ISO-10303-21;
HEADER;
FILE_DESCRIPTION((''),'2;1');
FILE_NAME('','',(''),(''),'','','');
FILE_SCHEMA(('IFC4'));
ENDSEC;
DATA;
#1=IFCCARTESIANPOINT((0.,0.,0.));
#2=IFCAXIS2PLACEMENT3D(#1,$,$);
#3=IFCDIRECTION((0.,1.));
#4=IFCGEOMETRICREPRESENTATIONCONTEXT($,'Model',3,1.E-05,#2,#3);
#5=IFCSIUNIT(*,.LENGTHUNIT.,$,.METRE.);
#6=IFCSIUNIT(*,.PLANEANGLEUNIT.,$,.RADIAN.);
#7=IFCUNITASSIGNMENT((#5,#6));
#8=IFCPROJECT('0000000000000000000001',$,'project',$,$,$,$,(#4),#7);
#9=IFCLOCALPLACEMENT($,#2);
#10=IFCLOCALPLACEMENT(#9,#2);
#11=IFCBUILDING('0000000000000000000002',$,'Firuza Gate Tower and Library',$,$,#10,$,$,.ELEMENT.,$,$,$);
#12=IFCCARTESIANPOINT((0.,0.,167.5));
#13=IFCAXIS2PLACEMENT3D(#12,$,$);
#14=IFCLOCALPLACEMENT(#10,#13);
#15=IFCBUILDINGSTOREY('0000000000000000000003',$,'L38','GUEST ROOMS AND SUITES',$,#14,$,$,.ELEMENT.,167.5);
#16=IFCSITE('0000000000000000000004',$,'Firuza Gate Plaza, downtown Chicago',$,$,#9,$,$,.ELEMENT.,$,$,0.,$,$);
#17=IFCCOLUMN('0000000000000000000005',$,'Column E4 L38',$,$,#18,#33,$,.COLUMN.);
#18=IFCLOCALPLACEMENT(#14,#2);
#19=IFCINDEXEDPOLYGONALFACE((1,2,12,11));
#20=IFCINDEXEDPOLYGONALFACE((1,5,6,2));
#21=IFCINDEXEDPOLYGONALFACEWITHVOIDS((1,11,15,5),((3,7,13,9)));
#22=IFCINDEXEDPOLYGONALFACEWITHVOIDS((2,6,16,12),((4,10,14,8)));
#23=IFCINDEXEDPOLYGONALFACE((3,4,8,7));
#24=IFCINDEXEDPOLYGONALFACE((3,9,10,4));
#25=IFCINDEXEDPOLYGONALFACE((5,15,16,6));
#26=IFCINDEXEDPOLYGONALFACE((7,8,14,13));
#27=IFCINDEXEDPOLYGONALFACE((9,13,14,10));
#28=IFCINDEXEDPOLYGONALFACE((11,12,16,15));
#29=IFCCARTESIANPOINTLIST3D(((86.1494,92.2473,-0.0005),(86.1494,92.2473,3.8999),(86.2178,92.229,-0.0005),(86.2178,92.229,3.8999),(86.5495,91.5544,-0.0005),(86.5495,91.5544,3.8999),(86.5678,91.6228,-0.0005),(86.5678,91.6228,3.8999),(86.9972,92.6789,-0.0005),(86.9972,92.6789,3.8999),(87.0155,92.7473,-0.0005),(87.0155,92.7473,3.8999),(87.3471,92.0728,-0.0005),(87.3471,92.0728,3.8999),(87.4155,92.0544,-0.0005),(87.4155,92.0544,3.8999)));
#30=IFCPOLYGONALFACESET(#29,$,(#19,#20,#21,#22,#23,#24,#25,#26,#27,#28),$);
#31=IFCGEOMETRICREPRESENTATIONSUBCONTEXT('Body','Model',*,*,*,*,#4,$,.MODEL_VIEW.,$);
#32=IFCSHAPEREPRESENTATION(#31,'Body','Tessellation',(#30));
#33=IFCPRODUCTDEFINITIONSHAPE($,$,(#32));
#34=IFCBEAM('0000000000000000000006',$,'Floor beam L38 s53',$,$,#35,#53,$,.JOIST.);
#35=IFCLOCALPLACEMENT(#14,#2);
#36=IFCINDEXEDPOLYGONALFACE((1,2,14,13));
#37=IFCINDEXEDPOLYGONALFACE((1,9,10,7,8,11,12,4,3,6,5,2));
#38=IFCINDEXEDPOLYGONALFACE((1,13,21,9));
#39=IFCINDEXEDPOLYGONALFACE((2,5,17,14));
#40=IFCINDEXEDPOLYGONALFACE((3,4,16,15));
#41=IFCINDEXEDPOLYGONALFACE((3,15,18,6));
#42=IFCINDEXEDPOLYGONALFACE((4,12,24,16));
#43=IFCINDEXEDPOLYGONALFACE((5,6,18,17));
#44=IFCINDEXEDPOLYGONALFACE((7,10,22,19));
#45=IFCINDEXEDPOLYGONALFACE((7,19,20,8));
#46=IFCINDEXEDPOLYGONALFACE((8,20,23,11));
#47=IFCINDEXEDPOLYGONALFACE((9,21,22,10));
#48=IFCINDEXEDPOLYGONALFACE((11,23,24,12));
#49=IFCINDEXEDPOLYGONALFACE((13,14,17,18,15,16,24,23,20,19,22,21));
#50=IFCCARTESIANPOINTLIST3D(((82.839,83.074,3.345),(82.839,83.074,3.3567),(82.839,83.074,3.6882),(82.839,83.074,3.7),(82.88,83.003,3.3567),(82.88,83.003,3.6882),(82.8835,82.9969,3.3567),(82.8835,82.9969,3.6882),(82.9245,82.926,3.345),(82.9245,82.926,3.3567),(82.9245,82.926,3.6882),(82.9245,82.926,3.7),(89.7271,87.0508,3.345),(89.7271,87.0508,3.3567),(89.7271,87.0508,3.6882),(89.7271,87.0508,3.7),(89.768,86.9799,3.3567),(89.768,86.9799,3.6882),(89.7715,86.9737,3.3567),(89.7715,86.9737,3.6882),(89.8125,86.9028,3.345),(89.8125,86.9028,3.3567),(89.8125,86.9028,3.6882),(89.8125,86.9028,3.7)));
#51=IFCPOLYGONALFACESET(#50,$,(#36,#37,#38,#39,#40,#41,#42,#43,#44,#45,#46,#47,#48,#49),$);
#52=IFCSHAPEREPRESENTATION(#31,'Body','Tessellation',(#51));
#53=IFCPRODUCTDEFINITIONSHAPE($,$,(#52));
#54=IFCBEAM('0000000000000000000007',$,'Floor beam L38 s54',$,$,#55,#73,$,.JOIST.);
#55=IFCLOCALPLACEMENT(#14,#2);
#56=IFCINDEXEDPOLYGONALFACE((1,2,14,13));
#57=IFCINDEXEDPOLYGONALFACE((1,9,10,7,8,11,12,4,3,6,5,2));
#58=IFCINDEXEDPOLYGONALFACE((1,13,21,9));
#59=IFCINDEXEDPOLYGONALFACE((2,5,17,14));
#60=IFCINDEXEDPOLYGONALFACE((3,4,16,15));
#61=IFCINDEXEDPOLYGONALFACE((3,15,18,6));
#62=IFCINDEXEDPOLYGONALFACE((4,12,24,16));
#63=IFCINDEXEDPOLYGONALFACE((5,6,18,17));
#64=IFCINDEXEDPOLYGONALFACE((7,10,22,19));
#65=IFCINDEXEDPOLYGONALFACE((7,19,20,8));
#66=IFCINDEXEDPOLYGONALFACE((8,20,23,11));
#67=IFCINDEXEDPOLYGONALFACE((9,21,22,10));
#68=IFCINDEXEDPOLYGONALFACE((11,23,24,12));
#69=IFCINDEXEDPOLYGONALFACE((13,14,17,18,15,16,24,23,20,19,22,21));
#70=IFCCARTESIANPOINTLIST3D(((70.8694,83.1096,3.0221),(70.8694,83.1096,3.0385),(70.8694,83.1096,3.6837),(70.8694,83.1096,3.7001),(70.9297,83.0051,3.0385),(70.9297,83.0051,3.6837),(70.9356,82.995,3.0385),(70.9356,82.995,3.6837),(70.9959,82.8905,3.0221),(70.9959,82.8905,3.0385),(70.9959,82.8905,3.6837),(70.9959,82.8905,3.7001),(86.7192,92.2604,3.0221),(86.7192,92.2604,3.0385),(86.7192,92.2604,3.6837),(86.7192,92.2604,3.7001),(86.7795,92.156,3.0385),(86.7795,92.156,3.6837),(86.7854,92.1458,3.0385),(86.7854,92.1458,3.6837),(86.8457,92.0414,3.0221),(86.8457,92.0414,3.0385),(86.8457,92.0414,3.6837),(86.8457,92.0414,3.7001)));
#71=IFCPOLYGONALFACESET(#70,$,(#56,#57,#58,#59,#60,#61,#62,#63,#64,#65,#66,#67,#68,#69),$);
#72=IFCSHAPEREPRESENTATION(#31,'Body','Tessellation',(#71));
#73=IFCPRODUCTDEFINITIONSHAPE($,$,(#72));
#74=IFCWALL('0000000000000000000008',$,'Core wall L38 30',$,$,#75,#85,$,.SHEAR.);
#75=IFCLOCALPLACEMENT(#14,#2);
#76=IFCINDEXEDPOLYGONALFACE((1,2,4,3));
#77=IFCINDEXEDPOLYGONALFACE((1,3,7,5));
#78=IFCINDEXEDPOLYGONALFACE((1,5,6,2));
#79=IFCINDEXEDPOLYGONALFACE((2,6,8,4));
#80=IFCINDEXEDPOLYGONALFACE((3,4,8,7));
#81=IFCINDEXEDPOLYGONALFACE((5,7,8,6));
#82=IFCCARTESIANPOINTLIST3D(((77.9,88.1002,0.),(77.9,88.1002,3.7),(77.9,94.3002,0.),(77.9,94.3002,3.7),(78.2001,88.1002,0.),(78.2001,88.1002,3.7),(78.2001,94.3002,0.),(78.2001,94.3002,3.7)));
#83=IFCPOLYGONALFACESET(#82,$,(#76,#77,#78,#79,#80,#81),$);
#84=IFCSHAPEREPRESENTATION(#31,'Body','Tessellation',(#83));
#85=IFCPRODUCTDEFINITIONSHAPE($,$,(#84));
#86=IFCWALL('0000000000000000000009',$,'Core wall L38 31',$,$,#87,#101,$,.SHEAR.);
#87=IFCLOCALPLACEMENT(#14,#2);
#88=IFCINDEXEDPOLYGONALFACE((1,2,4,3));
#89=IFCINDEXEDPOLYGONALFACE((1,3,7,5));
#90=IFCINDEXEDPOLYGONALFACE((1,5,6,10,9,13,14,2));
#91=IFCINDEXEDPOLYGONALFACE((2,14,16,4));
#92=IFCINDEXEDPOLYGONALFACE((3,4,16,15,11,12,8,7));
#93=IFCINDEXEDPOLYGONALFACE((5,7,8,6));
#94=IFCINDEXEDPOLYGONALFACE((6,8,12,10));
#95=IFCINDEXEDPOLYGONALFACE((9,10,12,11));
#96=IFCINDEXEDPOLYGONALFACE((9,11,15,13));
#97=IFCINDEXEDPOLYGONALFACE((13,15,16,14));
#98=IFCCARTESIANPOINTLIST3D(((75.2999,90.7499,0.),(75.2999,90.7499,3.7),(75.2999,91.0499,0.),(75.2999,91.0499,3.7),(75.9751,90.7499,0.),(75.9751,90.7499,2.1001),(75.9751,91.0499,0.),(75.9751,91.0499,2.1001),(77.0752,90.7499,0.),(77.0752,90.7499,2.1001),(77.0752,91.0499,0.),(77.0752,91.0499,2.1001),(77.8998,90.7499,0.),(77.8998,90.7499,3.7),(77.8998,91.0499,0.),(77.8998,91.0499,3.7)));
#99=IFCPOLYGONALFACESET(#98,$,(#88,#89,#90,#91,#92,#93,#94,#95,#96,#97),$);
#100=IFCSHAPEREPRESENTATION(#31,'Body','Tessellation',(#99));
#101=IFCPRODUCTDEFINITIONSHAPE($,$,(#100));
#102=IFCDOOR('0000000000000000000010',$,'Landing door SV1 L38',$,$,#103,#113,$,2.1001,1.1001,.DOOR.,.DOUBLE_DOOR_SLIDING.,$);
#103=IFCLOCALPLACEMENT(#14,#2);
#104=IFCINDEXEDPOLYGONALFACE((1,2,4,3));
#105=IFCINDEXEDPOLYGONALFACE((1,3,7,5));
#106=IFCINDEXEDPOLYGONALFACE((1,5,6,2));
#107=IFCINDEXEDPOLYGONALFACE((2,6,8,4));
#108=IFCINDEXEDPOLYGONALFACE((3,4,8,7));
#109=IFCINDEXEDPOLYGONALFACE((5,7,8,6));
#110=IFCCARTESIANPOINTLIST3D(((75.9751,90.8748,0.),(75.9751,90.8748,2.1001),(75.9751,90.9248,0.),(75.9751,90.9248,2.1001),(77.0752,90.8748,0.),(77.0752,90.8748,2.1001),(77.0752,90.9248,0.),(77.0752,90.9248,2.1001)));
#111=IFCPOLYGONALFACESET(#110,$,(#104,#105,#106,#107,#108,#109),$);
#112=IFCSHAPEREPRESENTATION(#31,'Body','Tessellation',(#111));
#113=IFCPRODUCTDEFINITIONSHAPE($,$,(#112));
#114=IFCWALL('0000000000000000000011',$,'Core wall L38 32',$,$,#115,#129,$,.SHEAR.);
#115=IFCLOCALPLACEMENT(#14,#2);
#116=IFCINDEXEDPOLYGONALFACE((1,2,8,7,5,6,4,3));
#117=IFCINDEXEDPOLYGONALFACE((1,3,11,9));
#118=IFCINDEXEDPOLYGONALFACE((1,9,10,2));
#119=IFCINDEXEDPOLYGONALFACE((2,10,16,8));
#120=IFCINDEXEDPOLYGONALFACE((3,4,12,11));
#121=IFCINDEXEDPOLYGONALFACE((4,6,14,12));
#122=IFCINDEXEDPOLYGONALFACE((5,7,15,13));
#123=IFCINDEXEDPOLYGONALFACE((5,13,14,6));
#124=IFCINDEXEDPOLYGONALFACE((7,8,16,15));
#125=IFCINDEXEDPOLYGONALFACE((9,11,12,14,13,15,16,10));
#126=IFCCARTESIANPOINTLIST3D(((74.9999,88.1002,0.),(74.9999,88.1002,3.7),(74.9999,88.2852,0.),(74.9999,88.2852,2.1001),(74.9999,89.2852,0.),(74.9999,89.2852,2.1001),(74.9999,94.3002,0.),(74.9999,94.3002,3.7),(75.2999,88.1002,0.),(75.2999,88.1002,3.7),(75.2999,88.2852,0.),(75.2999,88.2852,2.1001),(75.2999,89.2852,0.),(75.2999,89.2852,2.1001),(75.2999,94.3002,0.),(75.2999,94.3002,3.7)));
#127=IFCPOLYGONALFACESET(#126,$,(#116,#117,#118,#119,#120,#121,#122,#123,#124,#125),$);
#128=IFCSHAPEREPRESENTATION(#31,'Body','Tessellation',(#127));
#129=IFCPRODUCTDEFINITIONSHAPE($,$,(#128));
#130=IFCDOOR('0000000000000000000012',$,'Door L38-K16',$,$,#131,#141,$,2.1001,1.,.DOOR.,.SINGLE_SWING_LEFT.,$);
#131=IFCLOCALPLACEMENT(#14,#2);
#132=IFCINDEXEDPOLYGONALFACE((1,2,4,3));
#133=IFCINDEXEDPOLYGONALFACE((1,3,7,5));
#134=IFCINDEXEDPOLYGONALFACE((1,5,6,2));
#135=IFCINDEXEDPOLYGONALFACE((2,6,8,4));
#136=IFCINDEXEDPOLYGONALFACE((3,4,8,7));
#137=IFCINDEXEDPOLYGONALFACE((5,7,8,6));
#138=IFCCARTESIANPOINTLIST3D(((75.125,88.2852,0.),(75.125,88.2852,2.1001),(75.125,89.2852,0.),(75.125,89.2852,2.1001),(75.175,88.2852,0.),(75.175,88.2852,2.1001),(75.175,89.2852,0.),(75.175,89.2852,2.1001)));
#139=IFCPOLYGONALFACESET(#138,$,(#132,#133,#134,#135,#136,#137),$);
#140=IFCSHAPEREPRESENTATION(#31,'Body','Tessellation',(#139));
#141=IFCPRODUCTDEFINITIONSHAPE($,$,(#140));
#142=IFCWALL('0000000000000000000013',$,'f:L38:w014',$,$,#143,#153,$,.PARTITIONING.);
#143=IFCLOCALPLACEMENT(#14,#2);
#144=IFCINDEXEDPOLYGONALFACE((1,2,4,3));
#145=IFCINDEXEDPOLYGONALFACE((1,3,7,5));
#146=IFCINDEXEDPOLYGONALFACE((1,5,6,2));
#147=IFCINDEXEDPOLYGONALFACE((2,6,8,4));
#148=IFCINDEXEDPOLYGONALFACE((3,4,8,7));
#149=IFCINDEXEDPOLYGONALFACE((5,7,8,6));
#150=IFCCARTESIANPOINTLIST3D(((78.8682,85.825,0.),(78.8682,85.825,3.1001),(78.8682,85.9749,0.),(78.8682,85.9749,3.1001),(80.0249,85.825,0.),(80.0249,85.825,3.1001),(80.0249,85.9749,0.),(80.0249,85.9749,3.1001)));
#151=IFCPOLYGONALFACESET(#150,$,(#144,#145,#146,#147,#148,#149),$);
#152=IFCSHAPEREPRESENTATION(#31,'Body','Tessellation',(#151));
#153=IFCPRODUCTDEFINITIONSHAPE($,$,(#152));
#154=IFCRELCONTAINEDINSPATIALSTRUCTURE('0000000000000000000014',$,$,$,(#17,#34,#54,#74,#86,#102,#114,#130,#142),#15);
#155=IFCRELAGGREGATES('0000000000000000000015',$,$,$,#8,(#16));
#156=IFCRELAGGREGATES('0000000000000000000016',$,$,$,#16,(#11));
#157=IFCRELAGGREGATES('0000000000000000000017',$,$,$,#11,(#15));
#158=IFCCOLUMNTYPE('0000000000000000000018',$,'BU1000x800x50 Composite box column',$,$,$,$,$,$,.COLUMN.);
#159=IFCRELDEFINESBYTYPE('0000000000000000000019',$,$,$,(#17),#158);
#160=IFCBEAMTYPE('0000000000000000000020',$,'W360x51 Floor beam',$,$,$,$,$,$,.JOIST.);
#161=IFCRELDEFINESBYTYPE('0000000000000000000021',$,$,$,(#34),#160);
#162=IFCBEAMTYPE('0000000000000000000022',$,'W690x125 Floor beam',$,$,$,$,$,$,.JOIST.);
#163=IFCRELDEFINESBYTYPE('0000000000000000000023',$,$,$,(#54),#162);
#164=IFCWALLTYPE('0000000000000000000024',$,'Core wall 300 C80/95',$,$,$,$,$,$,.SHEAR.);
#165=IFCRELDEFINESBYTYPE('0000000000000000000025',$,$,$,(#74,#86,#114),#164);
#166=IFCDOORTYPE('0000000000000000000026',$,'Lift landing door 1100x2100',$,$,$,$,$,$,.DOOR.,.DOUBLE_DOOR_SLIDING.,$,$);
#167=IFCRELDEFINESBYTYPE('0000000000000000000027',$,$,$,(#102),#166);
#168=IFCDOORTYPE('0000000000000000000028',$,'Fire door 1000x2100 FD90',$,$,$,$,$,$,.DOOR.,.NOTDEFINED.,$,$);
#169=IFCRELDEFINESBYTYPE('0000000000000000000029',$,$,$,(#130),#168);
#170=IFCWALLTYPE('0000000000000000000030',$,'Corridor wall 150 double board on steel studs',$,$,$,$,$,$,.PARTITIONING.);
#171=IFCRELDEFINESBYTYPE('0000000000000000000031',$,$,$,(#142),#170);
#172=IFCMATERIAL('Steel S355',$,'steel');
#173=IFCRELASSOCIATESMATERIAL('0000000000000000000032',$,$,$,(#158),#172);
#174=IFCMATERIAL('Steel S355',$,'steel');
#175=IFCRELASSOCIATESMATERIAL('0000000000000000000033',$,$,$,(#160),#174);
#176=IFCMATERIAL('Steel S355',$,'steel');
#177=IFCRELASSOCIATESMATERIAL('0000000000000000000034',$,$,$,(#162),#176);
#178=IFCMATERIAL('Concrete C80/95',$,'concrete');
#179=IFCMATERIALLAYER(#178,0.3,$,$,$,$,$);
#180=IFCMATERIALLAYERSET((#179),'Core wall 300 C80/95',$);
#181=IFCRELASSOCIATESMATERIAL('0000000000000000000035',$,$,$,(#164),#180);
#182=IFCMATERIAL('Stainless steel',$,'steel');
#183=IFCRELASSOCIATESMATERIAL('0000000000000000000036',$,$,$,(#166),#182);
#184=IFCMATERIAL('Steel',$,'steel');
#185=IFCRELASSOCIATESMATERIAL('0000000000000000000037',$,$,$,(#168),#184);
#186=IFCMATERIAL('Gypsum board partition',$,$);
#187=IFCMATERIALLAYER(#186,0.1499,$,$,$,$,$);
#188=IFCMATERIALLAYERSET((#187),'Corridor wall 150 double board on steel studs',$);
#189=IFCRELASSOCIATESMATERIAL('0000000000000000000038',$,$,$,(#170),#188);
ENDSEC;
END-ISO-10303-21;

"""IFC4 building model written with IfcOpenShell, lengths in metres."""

from ifc_helpers import new_model, si_unit, direction, frame, frame_2d, origin, origin_2d, place, context, subcontext, project, spatial, rectangle, hollow_rectangle, i_section, extrude, material, layer, layer_set, material_profile, profile_set, type_object, element, fill, save


model = new_model("IFC4")

# Units and contexts
model_context = context("Model", 3, precision=1e-05, world=origin(), true_north=direction((0.0, 1.0)))
body_context = subcontext(model_context, "Body", "Model", "MODEL_VIEW")
ifc_project = project(units=[si_unit("LENGTHUNIT", "METRE"), si_unit("PLANEANGLEUNIT", "RADIAN")], contexts=[model_context])

# Site, building, storey
site_placement = place(None, origin())
site = spatial("IfcSite", under=ifc_project, at=site_placement, Name="Firuza Gate Plaza, downtown Chicago", CompositionType="ELEMENT", RefElevation=0.0)
building_placement = place(site_placement, origin())
building = spatial("IfcBuilding", under=site, at=building_placement, Name="Firuza Gate Tower and Library", CompositionType="ELEMENT")
storey_placement = place(building_placement, frame((0.0, 0.0, 167.5)))
storey = spatial("IfcBuildingStorey", under=building, at=storey_placement, Name="L38", Description="GUEST ROOMS AND SUITES", CompositionType="ELEMENT", Elevation=167.5)

# Column
ifc_material_1 = material(Name="Steel S355", Category="steel")
ifc_material_profile_1 = material_profile(ifc_material_1, hollow_rectangle(XDim=0.8, YDim=1.0, WallThickness=0.05, at=origin_2d()))
ifc_profile_set_1 = profile_set([ifc_material_profile_1], Name="Steel S355")
column_type = type_object("IfcColumnType", Name="BU1000x800x50 Composite box column", PredefinedType="COLUMN", material=ifc_profile_set_1)
column_placement = place(storey_placement, frame((86.7825, 92.1509, -0.0005), z_axis=(0.0, 0.0, 1.0), x_axis=(-0.5, 0.866025, 0.0)))
element("IfcColumn", 1, at=column_placement, inside=storey, type_object=column_type, Name="Column E4 L38", PredefinedType="COLUMN", context=body_context, shape_type="SweptSolid", body=[
    extrude(hollow_rectangle(XDim=0.8, YDim=1.0, WallThickness=0.05, at=origin_2d()), origin(), (0.0, 0.0, 1.0), 3.9004),
])

# Beams
ifc_material_2 = material(Name="Steel S355", Category="steel")
ifc_material_profile_2 = material_profile(ifc_material_2, i_section(OverallWidth=0.1709, OverallDepth=0.355, WebThickness=0.0071, FlangeThickness=0.0117, at=origin_2d()))
ifc_profile_set_2 = profile_set([ifc_material_profile_2], Name="Steel S355")
beam_type_1 = type_object("IfcBeamType", Name="W360x51 Floor beam", PredefinedType="JOIST", material=ifc_profile_set_2)
beam_1_placement = place(storey_placement, frame((89.7698, 86.9768, 3.5225), z_axis=(-0.866023, -0.500005, 0.0), x_axis=(0.500005, -0.866023, 0.0)))
element("IfcBeam", 2, at=beam_1_placement, inside=storey, type_object=beam_type_1, Name="Floor beam L38 s53", PredefinedType="JOIST", context=body_context, shape_type="SweptSolid", body=[
    extrude(i_section(OverallWidth=0.1709, OverallDepth=0.355, WebThickness=0.0071, FlangeThickness=0.0117, at=origin_2d()), origin(), (0.0, 0.0, 1.0), 7.9536),
])
ifc_material_3 = material(Name="Steel S355", Category="steel")
ifc_material_profile_3 = material_profile(ifc_material_3, i_section(OverallWidth=0.2529, OverallDepth=0.678, WebThickness=0.0117, FlangeThickness=0.0164, at=origin_2d()))
ifc_profile_set_3 = profile_set([ifc_material_profile_3], Name="Steel S355")
beam_type_2 = type_object("IfcBeamType", Name="W690x125 Floor beam", PredefinedType="JOIST", material=ifc_profile_set_3)
beam_2_placement = place(storey_placement, frame((86.7825, 92.1509, 3.3611), z_axis=(-0.866026, -0.499998, 0.0), x_axis=(0.499998, -0.866026, 0.0)))
element("IfcBeam", 3, at=beam_2_placement, inside=storey, type_object=beam_type_2, Name="Floor beam L38 s54", PredefinedType="JOIST", context=body_context, shape_type="SweptSolid", body=[
    extrude(i_section(OverallWidth=0.2529, OverallDepth=0.678, WebThickness=0.0117, FlangeThickness=0.0164, at=origin_2d()), origin(), (0.0, 0.0, 1.0), 18.3018),
])

# Wall
ifc_material_4 = material(Name="Concrete C80/95", Category="concrete")
ifc_layer_1 = layer(ifc_material_4, 0.3)
ifc_layer_set_1 = layer_set([ifc_layer_1], Name="Core wall 300 C80/95")
wall_type_1 = type_object("IfcWallType", Name="Core wall 300 C80/95", PredefinedType="SHEAR", material=ifc_layer_set_1)
wall_1_placement = place(storey_placement, frame((78.05, 88.1001, 0.0), z_axis=(0.0, 0.0, 1.0), x_axis=(0.0, 1.0, 0.0)))
element("IfcWall", 4, at=wall_1_placement, inside=storey, type_object=wall_type_1, Name="Core wall L38 30", PredefinedType="SHEAR", context=body_context, shape_type="SweptSolid", body=[
    extrude(rectangle(XDim=6.2, YDim=0.3, at=frame_2d((3.1001, 0.0))), origin(), (0.0, 0.0, 1.0), 3.7),
])

# Walls, openings, doors
wall_2_placement = place(storey_placement, frame((75.3, 90.8999, 0.0), z_axis=(0.0, 0.0, 1.0), x_axis=(1.0, 0.0, 0.0)))
wall_2 = element("IfcWall", 5, at=wall_2_placement, inside=storey, type_object=wall_type_1, Name="Core wall L38 31", PredefinedType="SHEAR", context=body_context, shape_type="SweptSolid", body=[
    extrude(rectangle(XDim=2.5999, YDim=0.3, at=frame_2d((1.2998, 0.0))), origin(), (0.0, 0.0, 1.0), 3.7),
])
opening_1_placement = place(wall_2_placement, frame((0.675, 0.0, 0.0)))
opening_1 = element("IfcOpeningElement", 6, at=opening_1_placement, cuts=wall_2, PredefinedType="OPENING", context=body_context, shape_type="SweptSolid", body=[
    extrude(rectangle(XDim=1.1001, YDim=2.1001, at=frame_2d((0.55, 1.05))), frame((0.0, 0.1602, 0.0), z_axis=(0.0, -1.0, 0.0), x_axis=(1.0, 0.0, 0.0)), (0.0, 0.0, 1.0), 0.3201),
])
ifc_material_5 = material(Name="Stainless steel", Category="steel")
door_type_1 = type_object("IfcDoorType", Name="Lift landing door 1100x2100", OperationType="DOUBLE_DOOR_SLIDING", PredefinedType="DOOR", material=ifc_material_5)
door_1_placement = place(opening_1_placement, origin())
door_1 = element("IfcDoor", 7, at=door_1_placement, inside=storey, type_object=door_type_1, Name="Landing door SV1 L38", OperationType="DOUBLE_DOOR_SLIDING", OverallHeight=2.1001, OverallWidth=1.1001, PredefinedType="DOOR", context=body_context, shape_type="SweptSolid", body=[
    extrude(rectangle(XDim=1.1001, YDim=2.1001, at=frame_2d((0.55, 1.05))), frame((0.0, 0.0249, 0.0), z_axis=(0.0, -1.0, 0.0), x_axis=(1.0, 0.0, 0.0)), (0.0, 0.0, 1.0), 0.05),
])
fill(opening_1, door_1)
wall_3_placement = place(storey_placement, frame((75.1499, 88.1001, 0.0), z_axis=(0.0, 0.0, 1.0), x_axis=(0.0, 1.0, 0.0)))
wall_3 = element("IfcWall", 8, at=wall_3_placement, inside=storey, type_object=wall_type_1, Name="Core wall L38 32", PredefinedType="SHEAR", context=body_context, shape_type="SweptSolid", body=[
    extrude(rectangle(XDim=6.2, YDim=0.3, at=frame_2d((3.1001, 0.0))), origin(), (0.0, 0.0, 1.0), 3.7),
])
opening_2_placement = place(wall_3_placement, frame((0.1851, 0.0, 0.0)))
opening_2 = element("IfcOpeningElement", 9, at=opening_2_placement, cuts=wall_3, PredefinedType="OPENING", context=body_context, shape_type="SweptSolid", body=[
    extrude(rectangle(XDim=1.0, YDim=2.1001, at=frame_2d((0.5, 1.05))), frame((0.0, 0.1602, 0.0), z_axis=(0.0, -1.0, 0.0), x_axis=(1.0, 0.0, 0.0)), (0.0, 0.0, 1.0), 0.3201),
])
ifc_material_6 = material(Name="Steel", Category="steel")
door_type_2 = type_object("IfcDoorType", Name="Fire door 1000x2100 FD90", OperationType="NOTDEFINED", PredefinedType="DOOR", material=ifc_material_6)
door_2_placement = place(opening_2_placement, origin())
door_2 = element("IfcDoor", 10, at=door_2_placement, inside=storey, type_object=door_type_2, Name="Door L38-K16", OperationType="SINGLE_SWING_LEFT", OverallHeight=2.1001, OverallWidth=1.0, PredefinedType="DOOR", context=body_context, shape_type="SweptSolid", body=[
    extrude(rectangle(XDim=1.0, YDim=2.1001, at=frame_2d((0.5, 1.05))), frame((0.0, 0.0249, 0.0), z_axis=(0.0, -1.0, 0.0), x_axis=(1.0, 0.0, 0.0)), (0.0, 0.0, 1.0), 0.05),
])
fill(opening_2, door_2)

# Wall
ifc_material_7 = material(Name="Gypsum board partition")
ifc_layer_2 = layer(ifc_material_7, 0.1499)
ifc_layer_set_2 = layer_set([ifc_layer_2], Name="Corridor wall 150 double board on steel studs")
wall_type_2 = type_object("IfcWallType", Name="Corridor wall 150 double board on steel studs", PredefinedType="PARTITIONING", material=ifc_layer_set_2)
wall_4_placement = place(storey_placement, frame((78.8682, 85.8999, 0.0), z_axis=(0.0, 0.0, 1.0), x_axis=(1.0, 0.0, 0.0)))
element("IfcWall", 11, at=wall_4_placement, inside=storey, type_object=wall_type_2, Name="f:L38:w014", PredefinedType="PARTITIONING", context=body_context, shape_type="SweptSolid", body=[
    extrude(rectangle(XDim=1.1567, YDim=0.1499, at=frame_2d((0.5784, 0.0))), origin(), (0.0, 0.0, 1.0), 3.1001),
])

save(model, "model.ifc")
